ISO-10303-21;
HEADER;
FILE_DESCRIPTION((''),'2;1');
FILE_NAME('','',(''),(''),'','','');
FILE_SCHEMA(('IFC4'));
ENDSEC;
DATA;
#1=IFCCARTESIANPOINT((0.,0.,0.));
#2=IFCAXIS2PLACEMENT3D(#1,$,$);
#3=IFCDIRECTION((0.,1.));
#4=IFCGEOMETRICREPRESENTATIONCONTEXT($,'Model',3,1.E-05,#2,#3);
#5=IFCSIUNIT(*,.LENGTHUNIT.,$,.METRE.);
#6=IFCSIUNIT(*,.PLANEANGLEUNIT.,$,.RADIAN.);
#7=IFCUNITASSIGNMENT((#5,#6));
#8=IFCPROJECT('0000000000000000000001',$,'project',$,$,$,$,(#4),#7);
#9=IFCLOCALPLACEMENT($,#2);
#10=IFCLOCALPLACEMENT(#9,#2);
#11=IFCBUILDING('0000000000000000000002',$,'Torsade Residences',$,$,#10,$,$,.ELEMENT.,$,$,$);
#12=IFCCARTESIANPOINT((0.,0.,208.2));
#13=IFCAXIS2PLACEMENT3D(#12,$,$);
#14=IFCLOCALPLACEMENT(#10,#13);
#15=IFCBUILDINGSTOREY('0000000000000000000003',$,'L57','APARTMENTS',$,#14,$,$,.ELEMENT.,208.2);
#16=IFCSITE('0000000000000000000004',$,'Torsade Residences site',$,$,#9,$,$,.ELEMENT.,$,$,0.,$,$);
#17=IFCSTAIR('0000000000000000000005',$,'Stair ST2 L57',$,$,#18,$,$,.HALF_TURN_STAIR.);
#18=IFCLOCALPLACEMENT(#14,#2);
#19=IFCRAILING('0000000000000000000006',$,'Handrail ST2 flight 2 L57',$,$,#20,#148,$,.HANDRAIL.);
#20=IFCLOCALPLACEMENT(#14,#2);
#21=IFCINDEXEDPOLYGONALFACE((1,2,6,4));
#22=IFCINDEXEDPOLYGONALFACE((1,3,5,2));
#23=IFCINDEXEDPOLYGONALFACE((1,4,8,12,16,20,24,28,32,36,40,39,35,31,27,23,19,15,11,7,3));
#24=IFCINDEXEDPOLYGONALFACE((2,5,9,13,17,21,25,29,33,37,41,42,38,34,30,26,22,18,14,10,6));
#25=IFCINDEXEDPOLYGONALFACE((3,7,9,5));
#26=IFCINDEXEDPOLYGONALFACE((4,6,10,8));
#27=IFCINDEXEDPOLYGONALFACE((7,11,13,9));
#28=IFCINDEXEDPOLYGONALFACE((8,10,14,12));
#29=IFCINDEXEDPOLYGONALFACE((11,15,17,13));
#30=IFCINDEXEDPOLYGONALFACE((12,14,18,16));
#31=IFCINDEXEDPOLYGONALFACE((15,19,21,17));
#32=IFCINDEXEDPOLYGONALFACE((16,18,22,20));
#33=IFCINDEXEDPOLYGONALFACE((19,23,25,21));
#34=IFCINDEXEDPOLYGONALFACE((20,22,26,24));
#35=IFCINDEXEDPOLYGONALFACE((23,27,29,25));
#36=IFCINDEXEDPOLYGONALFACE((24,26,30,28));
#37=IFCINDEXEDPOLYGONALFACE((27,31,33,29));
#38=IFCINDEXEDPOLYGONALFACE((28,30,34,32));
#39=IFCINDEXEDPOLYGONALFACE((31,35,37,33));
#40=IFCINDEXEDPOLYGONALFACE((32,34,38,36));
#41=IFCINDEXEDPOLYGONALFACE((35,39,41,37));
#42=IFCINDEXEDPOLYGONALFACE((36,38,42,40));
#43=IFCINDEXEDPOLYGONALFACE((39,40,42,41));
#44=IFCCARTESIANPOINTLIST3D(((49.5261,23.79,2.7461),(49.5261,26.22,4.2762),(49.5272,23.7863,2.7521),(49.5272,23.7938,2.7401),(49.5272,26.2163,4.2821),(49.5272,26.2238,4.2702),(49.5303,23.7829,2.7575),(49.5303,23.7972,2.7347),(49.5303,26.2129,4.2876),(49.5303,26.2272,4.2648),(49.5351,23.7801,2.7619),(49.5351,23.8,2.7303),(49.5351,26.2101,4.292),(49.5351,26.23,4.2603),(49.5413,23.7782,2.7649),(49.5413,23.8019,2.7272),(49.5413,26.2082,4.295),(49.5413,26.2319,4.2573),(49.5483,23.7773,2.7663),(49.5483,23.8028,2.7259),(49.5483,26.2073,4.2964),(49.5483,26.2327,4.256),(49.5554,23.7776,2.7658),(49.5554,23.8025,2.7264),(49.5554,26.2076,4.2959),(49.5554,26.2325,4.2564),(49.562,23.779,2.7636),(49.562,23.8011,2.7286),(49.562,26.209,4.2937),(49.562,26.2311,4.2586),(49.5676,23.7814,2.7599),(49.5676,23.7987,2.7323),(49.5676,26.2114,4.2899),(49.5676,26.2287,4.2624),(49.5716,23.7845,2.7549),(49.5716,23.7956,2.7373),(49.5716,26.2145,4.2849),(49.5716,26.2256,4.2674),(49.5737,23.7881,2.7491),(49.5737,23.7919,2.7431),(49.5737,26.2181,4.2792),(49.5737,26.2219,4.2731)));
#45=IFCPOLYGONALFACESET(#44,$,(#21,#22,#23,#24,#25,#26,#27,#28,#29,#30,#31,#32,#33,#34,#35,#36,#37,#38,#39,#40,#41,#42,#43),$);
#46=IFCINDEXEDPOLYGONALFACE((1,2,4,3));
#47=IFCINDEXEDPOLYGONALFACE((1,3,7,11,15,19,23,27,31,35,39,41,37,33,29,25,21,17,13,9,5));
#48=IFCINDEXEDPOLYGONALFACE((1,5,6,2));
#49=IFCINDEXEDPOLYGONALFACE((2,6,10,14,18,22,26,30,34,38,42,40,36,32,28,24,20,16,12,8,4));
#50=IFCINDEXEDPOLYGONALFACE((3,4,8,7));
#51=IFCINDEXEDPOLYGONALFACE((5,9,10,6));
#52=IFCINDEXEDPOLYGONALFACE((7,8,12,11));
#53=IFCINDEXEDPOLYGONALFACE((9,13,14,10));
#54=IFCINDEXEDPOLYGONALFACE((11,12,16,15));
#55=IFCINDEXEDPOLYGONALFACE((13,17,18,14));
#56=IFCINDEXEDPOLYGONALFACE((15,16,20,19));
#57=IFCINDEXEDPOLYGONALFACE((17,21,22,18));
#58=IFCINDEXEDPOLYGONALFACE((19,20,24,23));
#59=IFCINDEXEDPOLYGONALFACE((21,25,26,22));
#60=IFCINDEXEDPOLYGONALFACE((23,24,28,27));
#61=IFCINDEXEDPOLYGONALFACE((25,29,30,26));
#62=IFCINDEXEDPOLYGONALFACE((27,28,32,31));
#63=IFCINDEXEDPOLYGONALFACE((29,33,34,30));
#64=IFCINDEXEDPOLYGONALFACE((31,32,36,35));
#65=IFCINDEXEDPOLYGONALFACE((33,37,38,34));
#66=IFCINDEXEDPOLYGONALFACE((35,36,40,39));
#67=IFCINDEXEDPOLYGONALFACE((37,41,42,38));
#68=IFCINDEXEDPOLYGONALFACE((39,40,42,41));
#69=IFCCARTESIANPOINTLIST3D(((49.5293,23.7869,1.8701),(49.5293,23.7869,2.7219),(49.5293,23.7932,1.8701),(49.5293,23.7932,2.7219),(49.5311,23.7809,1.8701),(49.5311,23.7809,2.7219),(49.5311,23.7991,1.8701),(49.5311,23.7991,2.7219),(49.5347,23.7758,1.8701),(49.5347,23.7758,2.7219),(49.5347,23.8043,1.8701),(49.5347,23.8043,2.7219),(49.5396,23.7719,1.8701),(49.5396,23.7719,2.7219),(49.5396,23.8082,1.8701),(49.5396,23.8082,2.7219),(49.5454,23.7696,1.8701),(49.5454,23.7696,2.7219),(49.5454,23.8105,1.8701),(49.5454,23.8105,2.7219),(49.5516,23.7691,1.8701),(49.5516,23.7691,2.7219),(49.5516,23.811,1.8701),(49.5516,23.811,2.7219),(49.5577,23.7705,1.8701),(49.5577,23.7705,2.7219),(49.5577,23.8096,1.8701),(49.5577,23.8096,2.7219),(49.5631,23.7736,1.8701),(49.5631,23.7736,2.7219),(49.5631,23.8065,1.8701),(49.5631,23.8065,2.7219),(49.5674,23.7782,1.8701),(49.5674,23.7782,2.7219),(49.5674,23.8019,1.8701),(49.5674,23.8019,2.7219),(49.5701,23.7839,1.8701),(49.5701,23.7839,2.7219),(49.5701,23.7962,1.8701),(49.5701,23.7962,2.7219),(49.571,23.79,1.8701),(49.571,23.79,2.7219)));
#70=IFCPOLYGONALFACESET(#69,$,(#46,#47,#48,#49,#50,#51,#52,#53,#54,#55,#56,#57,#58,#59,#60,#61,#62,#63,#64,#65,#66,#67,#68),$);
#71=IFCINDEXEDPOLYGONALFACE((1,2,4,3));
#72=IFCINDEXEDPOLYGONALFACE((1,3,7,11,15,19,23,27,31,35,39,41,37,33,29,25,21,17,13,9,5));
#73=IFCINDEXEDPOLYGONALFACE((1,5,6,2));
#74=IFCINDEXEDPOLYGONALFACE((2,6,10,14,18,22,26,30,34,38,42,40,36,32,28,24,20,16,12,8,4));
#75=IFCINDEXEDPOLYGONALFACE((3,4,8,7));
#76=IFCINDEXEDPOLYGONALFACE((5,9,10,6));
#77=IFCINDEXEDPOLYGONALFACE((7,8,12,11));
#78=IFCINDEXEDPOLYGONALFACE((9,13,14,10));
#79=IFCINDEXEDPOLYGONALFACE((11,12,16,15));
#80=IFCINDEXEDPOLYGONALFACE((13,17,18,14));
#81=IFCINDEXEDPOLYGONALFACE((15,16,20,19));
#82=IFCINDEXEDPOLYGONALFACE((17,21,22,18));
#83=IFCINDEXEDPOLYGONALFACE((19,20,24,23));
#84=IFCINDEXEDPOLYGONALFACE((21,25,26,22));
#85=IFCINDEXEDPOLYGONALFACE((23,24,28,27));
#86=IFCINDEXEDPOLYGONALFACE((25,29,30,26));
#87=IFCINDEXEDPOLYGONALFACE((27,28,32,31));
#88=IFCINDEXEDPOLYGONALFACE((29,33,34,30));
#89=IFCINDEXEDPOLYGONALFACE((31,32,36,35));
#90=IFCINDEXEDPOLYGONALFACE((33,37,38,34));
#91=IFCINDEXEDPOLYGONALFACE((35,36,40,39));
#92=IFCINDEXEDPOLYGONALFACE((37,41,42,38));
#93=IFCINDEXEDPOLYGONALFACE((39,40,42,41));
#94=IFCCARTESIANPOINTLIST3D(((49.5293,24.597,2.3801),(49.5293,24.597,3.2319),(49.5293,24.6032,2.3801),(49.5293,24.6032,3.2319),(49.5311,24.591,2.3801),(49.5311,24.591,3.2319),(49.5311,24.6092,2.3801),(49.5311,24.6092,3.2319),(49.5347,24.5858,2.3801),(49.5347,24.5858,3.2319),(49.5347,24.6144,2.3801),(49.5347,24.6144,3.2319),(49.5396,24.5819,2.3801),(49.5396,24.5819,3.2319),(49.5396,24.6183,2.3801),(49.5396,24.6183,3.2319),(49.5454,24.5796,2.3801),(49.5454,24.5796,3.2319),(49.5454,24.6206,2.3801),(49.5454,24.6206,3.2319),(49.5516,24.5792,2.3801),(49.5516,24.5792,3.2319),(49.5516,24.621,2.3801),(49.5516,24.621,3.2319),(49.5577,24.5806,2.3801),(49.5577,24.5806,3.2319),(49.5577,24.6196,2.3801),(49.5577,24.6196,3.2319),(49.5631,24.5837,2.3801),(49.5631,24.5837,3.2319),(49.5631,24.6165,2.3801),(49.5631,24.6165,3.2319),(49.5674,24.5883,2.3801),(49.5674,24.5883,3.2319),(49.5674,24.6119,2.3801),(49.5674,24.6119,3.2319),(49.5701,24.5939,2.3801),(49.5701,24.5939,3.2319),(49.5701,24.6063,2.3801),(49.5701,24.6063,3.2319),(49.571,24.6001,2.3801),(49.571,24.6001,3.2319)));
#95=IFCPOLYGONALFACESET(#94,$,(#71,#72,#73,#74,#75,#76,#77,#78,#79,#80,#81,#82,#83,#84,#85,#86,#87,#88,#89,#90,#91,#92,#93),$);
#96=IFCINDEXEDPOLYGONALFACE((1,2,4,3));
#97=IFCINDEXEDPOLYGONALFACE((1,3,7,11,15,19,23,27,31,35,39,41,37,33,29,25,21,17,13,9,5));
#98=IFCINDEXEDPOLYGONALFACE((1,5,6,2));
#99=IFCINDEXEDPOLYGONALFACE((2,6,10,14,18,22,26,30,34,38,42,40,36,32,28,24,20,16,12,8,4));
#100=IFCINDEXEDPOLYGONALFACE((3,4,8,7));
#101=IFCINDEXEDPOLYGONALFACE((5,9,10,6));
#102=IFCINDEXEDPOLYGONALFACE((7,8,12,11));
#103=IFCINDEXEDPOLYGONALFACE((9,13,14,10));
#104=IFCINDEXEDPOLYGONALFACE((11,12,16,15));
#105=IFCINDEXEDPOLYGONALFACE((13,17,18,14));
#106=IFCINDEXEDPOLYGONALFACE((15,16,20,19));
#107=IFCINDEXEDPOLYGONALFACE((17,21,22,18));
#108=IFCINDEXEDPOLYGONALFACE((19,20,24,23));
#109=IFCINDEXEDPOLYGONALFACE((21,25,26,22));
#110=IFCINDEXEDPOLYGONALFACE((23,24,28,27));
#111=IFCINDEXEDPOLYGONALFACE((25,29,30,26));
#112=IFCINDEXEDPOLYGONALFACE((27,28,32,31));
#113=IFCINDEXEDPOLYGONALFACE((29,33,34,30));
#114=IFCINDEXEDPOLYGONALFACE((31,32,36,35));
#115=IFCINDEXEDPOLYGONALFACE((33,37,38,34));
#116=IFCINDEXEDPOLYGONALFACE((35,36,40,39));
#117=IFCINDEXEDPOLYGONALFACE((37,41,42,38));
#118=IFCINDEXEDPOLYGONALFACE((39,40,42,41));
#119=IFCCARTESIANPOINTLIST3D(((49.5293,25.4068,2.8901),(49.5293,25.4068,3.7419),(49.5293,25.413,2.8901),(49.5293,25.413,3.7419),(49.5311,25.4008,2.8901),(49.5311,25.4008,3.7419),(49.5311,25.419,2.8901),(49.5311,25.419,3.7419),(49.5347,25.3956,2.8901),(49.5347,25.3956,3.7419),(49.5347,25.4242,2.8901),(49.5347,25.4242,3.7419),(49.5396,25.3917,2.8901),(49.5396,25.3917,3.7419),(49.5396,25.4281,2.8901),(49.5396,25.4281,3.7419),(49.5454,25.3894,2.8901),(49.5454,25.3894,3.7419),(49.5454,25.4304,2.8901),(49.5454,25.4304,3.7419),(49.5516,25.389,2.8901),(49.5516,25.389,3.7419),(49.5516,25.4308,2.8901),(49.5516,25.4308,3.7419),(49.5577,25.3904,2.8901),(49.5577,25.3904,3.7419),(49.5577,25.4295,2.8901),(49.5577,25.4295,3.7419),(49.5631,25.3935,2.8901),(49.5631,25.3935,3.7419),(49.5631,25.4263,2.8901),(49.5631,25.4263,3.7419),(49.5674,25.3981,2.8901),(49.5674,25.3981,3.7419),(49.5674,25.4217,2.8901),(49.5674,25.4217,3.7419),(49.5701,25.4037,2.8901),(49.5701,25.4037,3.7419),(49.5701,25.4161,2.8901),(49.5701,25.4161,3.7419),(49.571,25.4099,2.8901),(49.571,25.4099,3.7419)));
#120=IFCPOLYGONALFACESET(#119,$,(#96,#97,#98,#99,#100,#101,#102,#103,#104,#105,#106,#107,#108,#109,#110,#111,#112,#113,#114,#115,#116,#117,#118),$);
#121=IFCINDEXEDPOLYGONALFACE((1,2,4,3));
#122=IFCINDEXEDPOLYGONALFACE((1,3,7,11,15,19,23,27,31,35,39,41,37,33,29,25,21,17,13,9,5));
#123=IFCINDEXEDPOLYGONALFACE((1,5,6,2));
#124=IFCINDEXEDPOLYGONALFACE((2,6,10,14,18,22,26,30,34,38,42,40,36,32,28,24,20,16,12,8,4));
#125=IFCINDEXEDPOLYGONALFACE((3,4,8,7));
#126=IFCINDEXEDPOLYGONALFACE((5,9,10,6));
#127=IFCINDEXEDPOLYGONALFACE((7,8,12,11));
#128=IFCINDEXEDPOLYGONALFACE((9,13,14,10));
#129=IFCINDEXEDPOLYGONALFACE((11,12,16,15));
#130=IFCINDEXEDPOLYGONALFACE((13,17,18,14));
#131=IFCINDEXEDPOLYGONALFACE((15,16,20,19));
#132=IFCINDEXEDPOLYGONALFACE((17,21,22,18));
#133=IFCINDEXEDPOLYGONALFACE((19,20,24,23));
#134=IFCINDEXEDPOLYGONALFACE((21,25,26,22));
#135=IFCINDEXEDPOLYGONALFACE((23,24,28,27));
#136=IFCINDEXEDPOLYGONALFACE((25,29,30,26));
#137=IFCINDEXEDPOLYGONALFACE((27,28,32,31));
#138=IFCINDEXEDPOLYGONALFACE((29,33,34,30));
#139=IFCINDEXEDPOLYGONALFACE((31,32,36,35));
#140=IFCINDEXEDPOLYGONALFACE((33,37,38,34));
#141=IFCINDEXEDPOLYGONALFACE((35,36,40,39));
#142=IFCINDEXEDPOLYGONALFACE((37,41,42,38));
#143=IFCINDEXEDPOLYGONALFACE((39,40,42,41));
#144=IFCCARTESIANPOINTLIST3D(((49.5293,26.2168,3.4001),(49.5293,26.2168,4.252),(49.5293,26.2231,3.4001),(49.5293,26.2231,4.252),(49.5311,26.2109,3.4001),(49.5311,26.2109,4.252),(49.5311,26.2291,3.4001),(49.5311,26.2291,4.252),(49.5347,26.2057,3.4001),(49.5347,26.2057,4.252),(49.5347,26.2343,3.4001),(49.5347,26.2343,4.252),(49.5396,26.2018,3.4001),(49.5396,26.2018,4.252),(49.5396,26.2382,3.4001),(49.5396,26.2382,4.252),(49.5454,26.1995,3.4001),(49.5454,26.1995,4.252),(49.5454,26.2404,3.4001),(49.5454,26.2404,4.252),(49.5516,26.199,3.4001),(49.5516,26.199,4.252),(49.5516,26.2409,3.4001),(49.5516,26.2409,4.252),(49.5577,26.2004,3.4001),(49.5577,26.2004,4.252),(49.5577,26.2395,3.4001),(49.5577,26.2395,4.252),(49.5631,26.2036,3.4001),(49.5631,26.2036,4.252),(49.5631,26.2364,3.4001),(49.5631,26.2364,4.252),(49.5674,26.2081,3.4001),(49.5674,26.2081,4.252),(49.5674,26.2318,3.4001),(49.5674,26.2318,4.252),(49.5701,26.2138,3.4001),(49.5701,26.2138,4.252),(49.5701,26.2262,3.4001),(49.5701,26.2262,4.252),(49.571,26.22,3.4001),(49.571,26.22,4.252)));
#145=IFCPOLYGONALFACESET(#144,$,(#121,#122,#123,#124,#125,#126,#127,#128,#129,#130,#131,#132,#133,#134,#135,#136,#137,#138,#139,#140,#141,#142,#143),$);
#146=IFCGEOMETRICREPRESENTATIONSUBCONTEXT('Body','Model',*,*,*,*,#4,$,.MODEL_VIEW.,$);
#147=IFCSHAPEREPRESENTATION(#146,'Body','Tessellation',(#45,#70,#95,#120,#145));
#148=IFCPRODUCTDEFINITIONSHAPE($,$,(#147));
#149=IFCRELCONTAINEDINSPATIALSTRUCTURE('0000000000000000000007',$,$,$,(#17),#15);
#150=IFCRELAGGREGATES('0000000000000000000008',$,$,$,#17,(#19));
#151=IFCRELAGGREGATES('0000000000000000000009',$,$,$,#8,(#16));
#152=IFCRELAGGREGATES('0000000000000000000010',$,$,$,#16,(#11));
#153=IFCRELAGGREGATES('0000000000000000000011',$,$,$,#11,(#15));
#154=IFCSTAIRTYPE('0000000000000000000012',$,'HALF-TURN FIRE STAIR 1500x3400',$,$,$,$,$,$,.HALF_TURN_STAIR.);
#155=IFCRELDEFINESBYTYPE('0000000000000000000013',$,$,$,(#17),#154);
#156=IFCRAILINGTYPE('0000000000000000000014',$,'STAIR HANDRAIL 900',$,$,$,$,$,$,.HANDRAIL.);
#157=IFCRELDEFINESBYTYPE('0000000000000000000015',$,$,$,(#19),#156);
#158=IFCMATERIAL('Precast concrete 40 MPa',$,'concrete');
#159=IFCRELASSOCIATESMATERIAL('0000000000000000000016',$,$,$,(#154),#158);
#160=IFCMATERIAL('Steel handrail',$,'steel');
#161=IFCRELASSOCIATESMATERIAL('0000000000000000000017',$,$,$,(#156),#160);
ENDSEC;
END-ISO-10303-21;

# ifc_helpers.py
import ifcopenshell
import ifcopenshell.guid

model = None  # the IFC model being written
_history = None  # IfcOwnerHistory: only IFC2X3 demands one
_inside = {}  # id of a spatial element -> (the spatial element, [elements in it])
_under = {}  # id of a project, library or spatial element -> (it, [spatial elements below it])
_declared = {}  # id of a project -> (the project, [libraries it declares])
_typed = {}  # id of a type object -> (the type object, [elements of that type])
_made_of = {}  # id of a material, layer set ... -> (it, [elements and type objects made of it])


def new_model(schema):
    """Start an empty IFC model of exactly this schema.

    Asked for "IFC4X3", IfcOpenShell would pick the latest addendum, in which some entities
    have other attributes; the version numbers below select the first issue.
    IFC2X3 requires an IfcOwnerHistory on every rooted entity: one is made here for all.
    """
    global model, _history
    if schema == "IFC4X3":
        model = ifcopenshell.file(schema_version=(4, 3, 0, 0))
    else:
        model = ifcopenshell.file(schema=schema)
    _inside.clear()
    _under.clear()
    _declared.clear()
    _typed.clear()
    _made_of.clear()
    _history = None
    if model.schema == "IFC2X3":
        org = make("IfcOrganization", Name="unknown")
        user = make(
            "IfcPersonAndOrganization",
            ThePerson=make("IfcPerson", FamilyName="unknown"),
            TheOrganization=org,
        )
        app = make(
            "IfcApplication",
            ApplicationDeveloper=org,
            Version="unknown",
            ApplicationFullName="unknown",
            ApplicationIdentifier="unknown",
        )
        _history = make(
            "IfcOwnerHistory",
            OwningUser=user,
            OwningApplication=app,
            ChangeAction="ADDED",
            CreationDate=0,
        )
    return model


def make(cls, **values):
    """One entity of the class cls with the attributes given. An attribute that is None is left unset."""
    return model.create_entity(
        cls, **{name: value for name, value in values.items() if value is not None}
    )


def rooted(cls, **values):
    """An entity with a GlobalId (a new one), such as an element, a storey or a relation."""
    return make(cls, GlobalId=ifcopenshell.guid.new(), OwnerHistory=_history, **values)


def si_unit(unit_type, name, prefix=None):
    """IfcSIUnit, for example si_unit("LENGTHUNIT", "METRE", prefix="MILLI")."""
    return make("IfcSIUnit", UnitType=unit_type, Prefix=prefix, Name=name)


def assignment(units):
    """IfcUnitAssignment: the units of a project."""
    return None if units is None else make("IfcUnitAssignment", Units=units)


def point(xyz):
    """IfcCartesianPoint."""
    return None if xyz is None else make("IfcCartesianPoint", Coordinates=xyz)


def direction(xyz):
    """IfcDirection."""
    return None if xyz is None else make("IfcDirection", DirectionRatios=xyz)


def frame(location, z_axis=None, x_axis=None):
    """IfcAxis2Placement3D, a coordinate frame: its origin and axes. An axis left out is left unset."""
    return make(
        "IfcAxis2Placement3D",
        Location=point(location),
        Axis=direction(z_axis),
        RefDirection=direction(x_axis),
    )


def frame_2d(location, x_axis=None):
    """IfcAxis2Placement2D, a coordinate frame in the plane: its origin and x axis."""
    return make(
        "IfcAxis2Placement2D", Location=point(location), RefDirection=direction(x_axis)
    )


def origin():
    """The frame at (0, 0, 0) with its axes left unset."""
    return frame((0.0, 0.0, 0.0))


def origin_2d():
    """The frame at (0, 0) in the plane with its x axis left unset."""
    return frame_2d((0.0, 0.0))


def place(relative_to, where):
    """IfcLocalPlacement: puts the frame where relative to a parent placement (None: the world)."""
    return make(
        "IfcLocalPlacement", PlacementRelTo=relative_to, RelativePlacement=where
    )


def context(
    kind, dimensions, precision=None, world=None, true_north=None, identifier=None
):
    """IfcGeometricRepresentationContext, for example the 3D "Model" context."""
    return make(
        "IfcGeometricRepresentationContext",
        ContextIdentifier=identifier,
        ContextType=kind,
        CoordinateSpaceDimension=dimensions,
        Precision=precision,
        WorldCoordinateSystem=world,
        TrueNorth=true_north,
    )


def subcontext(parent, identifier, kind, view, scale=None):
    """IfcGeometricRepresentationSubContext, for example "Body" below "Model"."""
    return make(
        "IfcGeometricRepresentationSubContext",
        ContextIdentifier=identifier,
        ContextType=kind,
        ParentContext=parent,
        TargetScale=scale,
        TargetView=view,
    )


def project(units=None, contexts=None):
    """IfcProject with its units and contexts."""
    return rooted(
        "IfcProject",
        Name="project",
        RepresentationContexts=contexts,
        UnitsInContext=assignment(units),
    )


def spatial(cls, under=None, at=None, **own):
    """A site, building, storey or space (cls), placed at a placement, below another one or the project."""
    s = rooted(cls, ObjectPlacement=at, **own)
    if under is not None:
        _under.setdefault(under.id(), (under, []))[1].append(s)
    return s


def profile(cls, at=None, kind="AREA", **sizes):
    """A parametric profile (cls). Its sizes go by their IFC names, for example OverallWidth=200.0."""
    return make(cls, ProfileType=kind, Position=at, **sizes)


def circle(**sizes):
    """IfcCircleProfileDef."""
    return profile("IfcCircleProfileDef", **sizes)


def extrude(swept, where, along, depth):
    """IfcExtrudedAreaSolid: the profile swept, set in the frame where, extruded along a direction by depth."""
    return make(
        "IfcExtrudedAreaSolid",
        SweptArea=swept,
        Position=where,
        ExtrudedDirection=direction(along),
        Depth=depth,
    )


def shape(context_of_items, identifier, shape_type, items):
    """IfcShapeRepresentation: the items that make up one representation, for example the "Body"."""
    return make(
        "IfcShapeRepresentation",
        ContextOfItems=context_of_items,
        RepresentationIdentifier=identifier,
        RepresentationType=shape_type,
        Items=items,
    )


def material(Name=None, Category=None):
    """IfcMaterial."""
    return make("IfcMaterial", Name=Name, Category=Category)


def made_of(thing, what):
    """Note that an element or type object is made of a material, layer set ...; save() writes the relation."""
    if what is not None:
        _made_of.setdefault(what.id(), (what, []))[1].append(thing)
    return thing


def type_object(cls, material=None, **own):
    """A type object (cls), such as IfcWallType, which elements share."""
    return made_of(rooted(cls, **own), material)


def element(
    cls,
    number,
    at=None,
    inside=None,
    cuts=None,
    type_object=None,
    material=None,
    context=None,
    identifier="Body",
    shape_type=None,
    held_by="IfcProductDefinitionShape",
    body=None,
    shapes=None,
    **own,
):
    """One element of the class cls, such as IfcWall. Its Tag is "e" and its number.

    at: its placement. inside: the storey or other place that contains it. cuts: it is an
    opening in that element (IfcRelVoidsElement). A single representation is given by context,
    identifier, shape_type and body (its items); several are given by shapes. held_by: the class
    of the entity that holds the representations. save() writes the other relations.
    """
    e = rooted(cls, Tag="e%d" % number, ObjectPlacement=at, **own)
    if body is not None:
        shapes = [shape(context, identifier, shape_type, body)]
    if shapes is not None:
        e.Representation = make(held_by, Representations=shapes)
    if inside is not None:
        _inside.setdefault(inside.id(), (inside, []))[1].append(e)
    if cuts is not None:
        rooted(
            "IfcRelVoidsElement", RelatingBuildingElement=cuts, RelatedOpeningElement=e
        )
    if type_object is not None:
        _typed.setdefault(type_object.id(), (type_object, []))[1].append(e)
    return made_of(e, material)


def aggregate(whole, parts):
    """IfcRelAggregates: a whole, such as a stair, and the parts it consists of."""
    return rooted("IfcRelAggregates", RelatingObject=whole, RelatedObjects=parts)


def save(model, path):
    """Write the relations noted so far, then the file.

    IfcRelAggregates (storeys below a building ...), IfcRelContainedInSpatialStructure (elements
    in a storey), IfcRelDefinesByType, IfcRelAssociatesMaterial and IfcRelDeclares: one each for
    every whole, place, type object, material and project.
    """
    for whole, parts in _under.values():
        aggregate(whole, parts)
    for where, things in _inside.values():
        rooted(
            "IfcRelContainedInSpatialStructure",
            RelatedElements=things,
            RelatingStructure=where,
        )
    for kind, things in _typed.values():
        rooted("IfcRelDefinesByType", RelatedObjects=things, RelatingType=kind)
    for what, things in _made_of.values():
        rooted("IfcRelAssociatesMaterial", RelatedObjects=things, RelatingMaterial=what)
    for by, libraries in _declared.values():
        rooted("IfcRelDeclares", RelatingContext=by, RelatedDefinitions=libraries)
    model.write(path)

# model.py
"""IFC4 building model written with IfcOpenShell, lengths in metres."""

from ifc_helpers import new_model, si_unit, direction, frame, origin, origin_2d, place, context, subcontext, project, spatial, circle, extrude, material, type_object, element, aggregate, save


model = new_model("IFC4")

# Units and contexts
model_context = context("Model", 3, precision=1e-05, world=origin(), true_north=direction((0.0, 1.0)))
body_context = subcontext(model_context, "Body", "Model", "MODEL_VIEW")
ifc_project = project(units=[si_unit("LENGTHUNIT", "METRE"), si_unit("PLANEANGLEUNIT", "RADIAN")], contexts=[model_context])

# Site, building, storey
site_placement = place(None, origin())
site = spatial("IfcSite", under=ifc_project, at=site_placement, Name="Torsade Residences site", CompositionType="ELEMENT", RefElevation=0.0)
building_placement = place(site_placement, origin())
building = spatial("IfcBuilding", under=site, at=building_placement, Name="Torsade Residences", CompositionType="ELEMENT")
storey_placement = place(building_placement, frame((0.0, 0.0, 208.2)))
storey = spatial("IfcBuildingStorey", under=building, at=storey_placement, Name="L57", Description="APARTMENTS", CompositionType="ELEMENT", Elevation=208.2)

# Stair, railing
ifc_material_1 = material(Name="Precast concrete 40 MPa", Category="concrete")
stair_type = type_object("IfcStairType", Name="HALF-TURN FIRE STAIR 1500x3400", PredefinedType="HALF_TURN_STAIR", material=ifc_material_1)
stair_placement = place(storey_placement, origin())
stair = element("IfcStair", 1, at=stair_placement, inside=storey, type_object=stair_type, Name="Stair ST2 L57", PredefinedType="HALF_TURN_STAIR")
ifc_material_2 = material(Name="Steel handrail", Category="steel")
railing_type = type_object("IfcRailingType", Name="STAIR HANDRAIL 900", PredefinedType="HANDRAIL", material=ifc_material_2)
railing_1_placement = place(storey_placement, frame((49.55, 23.79, 1.8701)))
railing_1 = element("IfcRailing", 2, at=railing_1_placement, type_object=railing_type, Name="Handrail ST2 flight 2 L57", PredefinedType="HANDRAIL", context=body_context, shape_type="SweptSolid", body=[
    extrude(circle(Radius=0.0239, at=origin_2d()), frame((0.0, 0.0, 0.876), z_axis=(0.0, 0.846221, 0.532831), x_axis=(-1.0, 0.0, 0.0)), (0.0, 0.0, 1.0), 2.8716),
    extrude(circle(Radius=0.021, at=origin_2d()), origin(), (0.0, 0.0, 1.0), 0.8518),
    extrude(circle(Radius=0.021, at=origin_2d()), frame((0.0, 0.8101, 0.51)), (0.0, 0.0, 1.0), 0.8518),
    extrude(circle(Radius=0.021, at=origin_2d()), frame((0.0, 1.6199, 1.02)), (0.0, 0.0, 1.0), 0.8518),
    extrude(circle(Radius=0.021, at=origin_2d()), frame((0.0, 2.4299, 1.53)), (0.0, 0.0, 1.0), 0.8518),
])
aggregate(stair, [railing_1])

save(model, "model.ifc")
